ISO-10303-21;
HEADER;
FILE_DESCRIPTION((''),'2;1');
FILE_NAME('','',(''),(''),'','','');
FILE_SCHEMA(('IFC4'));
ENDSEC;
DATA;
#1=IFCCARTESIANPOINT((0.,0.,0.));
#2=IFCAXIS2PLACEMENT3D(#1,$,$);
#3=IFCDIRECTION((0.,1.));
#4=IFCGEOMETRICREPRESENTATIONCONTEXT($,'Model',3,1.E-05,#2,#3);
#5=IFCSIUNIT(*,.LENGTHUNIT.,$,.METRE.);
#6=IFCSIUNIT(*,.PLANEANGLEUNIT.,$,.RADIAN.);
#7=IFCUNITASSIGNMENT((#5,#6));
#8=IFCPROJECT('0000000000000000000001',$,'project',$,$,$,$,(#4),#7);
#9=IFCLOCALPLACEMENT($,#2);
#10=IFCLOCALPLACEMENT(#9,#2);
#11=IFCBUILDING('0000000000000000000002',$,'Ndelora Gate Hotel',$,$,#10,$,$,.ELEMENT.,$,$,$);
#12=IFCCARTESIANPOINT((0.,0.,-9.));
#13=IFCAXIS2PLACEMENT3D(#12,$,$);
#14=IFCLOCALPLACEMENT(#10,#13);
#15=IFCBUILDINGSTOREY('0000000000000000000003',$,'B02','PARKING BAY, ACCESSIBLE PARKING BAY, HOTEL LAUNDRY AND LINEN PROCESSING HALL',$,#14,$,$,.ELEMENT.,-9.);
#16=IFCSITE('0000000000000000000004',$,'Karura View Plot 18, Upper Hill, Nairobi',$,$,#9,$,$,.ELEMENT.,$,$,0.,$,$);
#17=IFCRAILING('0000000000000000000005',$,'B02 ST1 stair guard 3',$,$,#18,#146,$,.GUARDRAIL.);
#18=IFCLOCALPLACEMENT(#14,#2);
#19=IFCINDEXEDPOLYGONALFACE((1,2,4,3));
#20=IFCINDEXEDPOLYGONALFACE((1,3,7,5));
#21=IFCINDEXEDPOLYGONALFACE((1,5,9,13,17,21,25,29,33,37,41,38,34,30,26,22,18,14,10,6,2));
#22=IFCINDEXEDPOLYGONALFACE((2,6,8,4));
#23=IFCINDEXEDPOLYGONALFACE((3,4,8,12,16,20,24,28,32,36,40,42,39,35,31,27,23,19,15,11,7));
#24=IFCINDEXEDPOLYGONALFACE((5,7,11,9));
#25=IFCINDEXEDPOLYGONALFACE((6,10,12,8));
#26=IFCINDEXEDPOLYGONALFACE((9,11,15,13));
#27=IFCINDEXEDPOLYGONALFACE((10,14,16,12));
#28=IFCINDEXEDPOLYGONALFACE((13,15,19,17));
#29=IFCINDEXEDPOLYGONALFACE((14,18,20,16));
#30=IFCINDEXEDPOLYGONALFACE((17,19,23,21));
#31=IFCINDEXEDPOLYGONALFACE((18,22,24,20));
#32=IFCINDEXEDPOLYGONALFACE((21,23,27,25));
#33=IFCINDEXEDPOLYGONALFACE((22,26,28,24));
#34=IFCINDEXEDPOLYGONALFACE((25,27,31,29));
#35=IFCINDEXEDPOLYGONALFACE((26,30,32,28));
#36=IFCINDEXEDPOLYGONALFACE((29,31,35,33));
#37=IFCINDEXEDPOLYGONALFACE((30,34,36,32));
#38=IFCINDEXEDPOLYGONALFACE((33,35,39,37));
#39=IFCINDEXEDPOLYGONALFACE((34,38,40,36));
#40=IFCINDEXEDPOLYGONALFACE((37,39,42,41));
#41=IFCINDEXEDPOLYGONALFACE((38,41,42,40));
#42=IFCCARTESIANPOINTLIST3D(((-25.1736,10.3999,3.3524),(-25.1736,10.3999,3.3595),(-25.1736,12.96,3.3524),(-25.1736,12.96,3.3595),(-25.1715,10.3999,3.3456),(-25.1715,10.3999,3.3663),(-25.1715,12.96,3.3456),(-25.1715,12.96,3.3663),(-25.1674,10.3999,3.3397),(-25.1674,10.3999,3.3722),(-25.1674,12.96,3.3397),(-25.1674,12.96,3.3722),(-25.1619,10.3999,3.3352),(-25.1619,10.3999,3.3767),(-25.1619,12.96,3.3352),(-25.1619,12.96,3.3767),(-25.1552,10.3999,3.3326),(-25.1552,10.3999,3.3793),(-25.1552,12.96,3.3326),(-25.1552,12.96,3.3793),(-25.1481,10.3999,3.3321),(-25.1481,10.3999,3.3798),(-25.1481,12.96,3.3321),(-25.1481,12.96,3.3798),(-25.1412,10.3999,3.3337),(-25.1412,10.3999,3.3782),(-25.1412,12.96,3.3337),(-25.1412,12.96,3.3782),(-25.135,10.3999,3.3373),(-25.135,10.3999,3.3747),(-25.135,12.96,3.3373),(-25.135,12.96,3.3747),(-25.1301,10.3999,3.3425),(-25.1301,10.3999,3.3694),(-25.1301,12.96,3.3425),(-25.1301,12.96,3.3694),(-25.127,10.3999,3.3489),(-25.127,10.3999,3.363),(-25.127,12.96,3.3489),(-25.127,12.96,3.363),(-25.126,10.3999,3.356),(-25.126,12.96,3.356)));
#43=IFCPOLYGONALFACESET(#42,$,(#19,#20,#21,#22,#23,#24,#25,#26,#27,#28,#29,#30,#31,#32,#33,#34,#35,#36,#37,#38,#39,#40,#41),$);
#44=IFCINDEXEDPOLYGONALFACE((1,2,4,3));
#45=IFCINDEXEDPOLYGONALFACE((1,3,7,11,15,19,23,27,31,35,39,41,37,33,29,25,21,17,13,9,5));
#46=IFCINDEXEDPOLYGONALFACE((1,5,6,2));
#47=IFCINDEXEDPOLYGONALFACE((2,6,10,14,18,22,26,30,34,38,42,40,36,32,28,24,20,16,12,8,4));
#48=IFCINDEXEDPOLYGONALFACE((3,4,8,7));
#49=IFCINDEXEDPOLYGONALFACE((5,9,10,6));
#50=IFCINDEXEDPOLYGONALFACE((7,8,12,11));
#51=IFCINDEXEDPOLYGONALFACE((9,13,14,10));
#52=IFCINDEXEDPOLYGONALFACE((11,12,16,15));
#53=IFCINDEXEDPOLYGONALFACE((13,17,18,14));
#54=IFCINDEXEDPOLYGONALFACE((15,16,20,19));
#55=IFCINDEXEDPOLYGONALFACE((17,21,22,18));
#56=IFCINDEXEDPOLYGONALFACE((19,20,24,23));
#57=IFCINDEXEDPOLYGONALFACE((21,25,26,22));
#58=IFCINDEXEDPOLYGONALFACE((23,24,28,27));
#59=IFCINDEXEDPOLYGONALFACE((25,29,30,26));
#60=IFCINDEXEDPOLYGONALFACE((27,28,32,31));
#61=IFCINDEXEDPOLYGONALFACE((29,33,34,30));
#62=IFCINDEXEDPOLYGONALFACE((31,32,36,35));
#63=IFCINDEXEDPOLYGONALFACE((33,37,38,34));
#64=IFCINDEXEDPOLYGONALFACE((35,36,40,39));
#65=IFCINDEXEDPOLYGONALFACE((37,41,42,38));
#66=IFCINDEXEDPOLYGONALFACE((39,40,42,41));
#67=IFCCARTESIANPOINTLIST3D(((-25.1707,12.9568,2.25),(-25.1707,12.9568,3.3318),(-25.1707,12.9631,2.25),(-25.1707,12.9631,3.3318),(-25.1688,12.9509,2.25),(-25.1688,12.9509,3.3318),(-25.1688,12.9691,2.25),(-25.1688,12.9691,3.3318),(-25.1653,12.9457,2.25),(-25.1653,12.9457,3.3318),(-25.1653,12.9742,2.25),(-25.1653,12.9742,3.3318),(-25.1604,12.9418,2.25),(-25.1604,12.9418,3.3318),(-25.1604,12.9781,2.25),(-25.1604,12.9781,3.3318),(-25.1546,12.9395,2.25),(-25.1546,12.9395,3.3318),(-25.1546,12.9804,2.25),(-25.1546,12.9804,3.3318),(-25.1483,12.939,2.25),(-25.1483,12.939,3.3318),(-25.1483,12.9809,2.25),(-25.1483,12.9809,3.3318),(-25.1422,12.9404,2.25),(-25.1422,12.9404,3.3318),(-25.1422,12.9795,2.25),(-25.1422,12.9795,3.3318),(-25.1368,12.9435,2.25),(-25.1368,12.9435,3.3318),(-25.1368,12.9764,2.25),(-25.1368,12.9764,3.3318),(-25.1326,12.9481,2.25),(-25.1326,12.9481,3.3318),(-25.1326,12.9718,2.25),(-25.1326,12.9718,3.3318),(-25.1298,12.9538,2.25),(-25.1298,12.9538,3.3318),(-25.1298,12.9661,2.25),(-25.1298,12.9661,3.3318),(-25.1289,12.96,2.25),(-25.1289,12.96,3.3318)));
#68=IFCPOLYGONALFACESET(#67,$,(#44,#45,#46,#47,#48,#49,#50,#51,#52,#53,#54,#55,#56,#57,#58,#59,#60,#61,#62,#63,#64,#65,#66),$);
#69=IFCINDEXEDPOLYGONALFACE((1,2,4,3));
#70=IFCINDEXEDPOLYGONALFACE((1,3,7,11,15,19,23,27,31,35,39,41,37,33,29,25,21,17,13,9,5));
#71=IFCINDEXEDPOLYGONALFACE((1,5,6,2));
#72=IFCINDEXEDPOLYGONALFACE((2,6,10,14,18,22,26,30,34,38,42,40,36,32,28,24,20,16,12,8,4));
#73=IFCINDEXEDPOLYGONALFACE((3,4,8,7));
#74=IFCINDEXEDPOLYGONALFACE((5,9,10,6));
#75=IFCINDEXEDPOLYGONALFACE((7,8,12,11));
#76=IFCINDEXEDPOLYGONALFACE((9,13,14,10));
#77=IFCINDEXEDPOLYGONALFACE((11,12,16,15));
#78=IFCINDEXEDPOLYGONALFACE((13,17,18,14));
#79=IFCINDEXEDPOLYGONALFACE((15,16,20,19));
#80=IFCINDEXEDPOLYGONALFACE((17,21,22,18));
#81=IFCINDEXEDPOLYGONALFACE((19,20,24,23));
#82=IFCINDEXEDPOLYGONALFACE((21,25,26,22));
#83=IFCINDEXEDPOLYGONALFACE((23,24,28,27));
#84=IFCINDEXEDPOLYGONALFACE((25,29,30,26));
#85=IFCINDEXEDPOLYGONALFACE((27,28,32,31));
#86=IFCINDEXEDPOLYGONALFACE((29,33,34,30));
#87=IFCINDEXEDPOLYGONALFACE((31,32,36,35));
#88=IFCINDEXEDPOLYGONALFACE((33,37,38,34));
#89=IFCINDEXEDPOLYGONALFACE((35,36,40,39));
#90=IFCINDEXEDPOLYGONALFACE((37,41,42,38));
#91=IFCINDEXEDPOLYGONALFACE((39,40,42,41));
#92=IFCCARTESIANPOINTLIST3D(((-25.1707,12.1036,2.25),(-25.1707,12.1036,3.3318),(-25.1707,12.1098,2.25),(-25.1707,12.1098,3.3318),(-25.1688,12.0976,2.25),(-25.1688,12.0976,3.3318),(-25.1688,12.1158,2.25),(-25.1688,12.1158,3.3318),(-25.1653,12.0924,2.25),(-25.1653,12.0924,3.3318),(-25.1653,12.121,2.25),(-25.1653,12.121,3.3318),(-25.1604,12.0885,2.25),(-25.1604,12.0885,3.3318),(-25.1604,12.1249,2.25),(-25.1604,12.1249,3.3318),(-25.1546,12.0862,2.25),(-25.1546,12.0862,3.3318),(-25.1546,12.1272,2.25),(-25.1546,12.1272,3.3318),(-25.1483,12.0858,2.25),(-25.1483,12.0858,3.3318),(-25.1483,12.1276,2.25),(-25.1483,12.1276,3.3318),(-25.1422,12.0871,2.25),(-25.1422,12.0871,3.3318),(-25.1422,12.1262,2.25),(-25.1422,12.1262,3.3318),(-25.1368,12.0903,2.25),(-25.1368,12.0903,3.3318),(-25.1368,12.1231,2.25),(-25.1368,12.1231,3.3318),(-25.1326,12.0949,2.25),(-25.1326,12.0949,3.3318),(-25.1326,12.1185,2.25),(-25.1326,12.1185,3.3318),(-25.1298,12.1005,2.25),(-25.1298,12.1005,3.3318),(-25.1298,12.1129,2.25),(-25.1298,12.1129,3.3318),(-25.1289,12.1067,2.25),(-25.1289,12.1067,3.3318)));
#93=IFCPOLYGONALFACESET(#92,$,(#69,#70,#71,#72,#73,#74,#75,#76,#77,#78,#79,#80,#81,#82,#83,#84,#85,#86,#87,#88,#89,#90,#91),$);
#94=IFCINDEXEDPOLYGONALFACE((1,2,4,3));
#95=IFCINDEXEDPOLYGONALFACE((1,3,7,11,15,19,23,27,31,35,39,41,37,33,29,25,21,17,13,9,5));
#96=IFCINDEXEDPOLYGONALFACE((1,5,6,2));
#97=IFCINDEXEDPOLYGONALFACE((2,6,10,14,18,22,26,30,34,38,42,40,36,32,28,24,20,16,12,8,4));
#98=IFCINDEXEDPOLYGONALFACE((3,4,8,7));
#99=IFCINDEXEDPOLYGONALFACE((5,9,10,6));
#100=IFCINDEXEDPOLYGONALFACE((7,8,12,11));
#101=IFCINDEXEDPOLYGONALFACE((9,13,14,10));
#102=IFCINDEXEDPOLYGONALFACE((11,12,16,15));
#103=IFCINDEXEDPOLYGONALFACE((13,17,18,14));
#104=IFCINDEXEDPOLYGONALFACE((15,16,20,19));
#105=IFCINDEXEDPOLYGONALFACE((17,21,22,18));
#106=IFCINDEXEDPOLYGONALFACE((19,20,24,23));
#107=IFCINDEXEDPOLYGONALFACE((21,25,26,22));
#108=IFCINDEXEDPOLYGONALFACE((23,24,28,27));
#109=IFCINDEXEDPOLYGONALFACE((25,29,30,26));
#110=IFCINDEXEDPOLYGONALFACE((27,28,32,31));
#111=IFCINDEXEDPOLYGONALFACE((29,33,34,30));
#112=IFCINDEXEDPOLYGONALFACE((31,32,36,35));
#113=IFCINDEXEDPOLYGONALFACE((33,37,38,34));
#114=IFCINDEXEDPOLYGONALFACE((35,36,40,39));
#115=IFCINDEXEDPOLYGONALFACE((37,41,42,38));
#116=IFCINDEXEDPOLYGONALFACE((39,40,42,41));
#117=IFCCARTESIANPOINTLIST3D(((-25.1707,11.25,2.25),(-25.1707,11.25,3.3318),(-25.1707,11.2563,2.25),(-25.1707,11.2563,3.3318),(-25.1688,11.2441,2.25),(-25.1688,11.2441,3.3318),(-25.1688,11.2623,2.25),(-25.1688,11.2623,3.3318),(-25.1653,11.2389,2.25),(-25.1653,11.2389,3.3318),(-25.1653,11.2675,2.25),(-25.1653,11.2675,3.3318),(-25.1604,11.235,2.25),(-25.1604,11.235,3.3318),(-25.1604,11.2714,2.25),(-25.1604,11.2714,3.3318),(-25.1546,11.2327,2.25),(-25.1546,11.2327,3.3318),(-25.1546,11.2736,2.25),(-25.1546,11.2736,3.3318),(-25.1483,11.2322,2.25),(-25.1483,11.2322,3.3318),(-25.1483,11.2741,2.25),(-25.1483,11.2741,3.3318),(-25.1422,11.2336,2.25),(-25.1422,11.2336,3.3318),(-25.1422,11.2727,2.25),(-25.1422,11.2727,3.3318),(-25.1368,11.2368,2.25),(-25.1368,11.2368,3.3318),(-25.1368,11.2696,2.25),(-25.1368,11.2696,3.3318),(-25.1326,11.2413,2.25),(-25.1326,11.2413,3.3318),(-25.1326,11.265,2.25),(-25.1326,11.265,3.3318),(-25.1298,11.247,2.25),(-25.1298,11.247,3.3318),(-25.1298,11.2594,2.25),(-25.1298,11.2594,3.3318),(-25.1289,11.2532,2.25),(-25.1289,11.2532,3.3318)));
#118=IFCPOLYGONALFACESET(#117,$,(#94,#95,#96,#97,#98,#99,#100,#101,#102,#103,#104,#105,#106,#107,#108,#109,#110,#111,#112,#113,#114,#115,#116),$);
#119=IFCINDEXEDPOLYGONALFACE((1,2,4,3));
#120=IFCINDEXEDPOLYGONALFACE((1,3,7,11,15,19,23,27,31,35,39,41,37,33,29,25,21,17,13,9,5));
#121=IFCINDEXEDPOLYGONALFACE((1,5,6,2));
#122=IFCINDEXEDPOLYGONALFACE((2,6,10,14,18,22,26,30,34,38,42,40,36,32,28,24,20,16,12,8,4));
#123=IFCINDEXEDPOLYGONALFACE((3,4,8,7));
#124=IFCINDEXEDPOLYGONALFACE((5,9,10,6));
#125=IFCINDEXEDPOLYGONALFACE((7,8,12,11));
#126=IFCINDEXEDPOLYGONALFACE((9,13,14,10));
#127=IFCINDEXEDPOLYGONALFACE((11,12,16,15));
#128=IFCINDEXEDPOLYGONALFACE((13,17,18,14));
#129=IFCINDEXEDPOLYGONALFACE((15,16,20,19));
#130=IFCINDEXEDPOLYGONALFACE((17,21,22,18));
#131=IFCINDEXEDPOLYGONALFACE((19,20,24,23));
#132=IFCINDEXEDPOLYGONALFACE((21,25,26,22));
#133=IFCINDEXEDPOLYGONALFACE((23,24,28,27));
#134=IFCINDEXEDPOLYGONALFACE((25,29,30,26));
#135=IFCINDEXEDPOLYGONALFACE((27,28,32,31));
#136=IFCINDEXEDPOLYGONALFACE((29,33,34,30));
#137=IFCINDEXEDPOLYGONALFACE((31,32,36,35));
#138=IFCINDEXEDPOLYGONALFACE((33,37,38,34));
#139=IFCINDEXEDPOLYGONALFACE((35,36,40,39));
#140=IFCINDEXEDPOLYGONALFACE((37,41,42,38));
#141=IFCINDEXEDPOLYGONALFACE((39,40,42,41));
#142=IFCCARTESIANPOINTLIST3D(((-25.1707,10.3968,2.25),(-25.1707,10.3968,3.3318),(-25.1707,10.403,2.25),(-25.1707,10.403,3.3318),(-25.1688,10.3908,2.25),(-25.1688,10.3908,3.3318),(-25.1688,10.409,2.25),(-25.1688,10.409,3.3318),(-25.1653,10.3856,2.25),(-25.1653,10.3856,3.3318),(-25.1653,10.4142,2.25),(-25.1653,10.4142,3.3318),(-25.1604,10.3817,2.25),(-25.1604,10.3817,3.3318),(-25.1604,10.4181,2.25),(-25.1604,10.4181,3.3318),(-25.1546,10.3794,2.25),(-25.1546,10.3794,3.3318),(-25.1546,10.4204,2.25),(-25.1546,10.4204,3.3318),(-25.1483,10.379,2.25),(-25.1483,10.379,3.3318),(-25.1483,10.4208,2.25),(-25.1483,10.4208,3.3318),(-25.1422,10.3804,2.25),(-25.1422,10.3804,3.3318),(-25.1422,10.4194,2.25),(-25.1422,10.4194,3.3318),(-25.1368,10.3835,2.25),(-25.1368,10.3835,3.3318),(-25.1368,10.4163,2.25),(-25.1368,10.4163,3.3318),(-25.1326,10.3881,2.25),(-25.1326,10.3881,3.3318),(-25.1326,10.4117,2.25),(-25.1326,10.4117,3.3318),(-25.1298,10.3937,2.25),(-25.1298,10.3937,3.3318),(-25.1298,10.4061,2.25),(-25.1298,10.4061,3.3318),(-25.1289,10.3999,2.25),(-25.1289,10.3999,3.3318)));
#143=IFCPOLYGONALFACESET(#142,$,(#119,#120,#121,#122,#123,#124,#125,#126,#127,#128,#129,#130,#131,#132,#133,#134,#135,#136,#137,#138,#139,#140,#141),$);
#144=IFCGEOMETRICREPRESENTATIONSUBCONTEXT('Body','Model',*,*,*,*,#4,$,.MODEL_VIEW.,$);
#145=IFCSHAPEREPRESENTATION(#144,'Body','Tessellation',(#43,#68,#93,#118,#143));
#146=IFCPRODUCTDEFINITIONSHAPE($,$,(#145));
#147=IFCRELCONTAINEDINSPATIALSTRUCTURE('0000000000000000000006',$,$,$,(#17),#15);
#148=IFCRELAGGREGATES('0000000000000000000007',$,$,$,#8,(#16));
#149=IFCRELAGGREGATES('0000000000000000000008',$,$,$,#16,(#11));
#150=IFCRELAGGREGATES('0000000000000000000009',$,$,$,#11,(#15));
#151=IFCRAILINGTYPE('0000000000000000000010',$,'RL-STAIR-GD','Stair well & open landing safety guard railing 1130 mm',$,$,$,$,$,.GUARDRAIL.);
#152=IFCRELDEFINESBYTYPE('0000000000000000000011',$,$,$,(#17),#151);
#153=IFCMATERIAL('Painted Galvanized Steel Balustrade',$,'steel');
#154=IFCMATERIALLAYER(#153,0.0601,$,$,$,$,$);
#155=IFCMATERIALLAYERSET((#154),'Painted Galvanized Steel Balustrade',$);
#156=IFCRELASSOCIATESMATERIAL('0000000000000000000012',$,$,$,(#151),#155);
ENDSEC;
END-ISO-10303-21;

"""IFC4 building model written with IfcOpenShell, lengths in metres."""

from ifc_helpers import new_model, si_unit, direction, frame, origin, origin_2d, place, context, subcontext, project, spatial, circle, extrude, material, layer, layer_set, type_object, element, save


model = new_model("IFC4")

# Units and contexts
model_context = context("Model", 3, precision=1e-05, world=origin(), true_north=direction((0.0, 1.0)))
body_context = subcontext(model_context, "Body", "Model", "MODEL_VIEW")
ifc_project = project(units=[si_unit("LENGTHUNIT", "METRE"), si_unit("PLANEANGLEUNIT", "RADIAN")], contexts=[model_context])

# Site, building, storey
site_placement = place(None, origin())
site = spatial("IfcSite", under=ifc_project, at=site_placement, Name="Karura View Plot 18, Upper Hill, Nairobi", CompositionType="ELEMENT", RefElevation=0.0)
building_placement = place(site_placement, origin())
building = spatial("IfcBuilding", under=site, at=building_placement, Name="Ndelora Gate Hotel", CompositionType="ELEMENT")
storey_placement = place(building_placement, frame((0.0, 0.0, -9.0)))
storey = spatial("IfcBuildingStorey", under=building, at=storey_placement, Name="B02", Description="PARKING BAY, ACCESSIBLE PARKING BAY, HOTEL LAUNDRY AND LINEN PROCESSING HALL", CompositionType="ELEMENT", Elevation=-9.0)

# Railing
ifc_material_1 = material(Name="Painted Galvanized Steel Balustrade", Category="steel")
ifc_layer_1 = layer(ifc_material_1, 0.0601)
ifc_layer_set_1 = layer_set([ifc_layer_1], Name="Painted Galvanized Steel Balustrade")
railing_type_1 = type_object("IfcRailingType", Name="RL-STAIR-GD", Description="Stair well & open landing safety guard railing 1130 mm", PredefinedType="GUARDRAIL", material=ifc_layer_set_1)
for number, where, name in (
    (1, (-25.1499, 12.96, 2.25), "B02 ST1 stair guard 3"),
):
    element("IfcRailing", number, at=place(storey_placement, frame(where)), inside=storey, type_object=railing_type_1, Name=name, PredefinedType="GUARDRAIL", context=body_context, shape_type="SweptSolid", body=[
        extrude(circle(Radius=0.0239, at=origin_2d()), frame((0.0, 0.0, 1.106), z_axis=(0.0, -1.0, 0.0), x_axis=(1.0, 0.0, 0.0)), (0.0, 0.0, 1.0), 2.5601),
        extrude(circle(Radius=0.021, at=origin_2d()), origin(), (0.0, 0.0, 1.0), 1.0818),
        extrude(circle(Radius=0.021, at=origin_2d()), frame((0.0, -0.8533, 0.0)), (0.0, 0.0, 1.0), 1.0818),
        extrude(circle(Radius=0.021, at=origin_2d()), frame((0.0, -1.7068, 0.0)), (0.0, 0.0, 1.0), 1.0818),
        extrude(circle(Radius=0.021, at=origin_2d()), frame((0.0, -2.5601, 0.0)), (0.0, 0.0, 1.0), 1.0818),
    ])

save(model, "model.ifc")
